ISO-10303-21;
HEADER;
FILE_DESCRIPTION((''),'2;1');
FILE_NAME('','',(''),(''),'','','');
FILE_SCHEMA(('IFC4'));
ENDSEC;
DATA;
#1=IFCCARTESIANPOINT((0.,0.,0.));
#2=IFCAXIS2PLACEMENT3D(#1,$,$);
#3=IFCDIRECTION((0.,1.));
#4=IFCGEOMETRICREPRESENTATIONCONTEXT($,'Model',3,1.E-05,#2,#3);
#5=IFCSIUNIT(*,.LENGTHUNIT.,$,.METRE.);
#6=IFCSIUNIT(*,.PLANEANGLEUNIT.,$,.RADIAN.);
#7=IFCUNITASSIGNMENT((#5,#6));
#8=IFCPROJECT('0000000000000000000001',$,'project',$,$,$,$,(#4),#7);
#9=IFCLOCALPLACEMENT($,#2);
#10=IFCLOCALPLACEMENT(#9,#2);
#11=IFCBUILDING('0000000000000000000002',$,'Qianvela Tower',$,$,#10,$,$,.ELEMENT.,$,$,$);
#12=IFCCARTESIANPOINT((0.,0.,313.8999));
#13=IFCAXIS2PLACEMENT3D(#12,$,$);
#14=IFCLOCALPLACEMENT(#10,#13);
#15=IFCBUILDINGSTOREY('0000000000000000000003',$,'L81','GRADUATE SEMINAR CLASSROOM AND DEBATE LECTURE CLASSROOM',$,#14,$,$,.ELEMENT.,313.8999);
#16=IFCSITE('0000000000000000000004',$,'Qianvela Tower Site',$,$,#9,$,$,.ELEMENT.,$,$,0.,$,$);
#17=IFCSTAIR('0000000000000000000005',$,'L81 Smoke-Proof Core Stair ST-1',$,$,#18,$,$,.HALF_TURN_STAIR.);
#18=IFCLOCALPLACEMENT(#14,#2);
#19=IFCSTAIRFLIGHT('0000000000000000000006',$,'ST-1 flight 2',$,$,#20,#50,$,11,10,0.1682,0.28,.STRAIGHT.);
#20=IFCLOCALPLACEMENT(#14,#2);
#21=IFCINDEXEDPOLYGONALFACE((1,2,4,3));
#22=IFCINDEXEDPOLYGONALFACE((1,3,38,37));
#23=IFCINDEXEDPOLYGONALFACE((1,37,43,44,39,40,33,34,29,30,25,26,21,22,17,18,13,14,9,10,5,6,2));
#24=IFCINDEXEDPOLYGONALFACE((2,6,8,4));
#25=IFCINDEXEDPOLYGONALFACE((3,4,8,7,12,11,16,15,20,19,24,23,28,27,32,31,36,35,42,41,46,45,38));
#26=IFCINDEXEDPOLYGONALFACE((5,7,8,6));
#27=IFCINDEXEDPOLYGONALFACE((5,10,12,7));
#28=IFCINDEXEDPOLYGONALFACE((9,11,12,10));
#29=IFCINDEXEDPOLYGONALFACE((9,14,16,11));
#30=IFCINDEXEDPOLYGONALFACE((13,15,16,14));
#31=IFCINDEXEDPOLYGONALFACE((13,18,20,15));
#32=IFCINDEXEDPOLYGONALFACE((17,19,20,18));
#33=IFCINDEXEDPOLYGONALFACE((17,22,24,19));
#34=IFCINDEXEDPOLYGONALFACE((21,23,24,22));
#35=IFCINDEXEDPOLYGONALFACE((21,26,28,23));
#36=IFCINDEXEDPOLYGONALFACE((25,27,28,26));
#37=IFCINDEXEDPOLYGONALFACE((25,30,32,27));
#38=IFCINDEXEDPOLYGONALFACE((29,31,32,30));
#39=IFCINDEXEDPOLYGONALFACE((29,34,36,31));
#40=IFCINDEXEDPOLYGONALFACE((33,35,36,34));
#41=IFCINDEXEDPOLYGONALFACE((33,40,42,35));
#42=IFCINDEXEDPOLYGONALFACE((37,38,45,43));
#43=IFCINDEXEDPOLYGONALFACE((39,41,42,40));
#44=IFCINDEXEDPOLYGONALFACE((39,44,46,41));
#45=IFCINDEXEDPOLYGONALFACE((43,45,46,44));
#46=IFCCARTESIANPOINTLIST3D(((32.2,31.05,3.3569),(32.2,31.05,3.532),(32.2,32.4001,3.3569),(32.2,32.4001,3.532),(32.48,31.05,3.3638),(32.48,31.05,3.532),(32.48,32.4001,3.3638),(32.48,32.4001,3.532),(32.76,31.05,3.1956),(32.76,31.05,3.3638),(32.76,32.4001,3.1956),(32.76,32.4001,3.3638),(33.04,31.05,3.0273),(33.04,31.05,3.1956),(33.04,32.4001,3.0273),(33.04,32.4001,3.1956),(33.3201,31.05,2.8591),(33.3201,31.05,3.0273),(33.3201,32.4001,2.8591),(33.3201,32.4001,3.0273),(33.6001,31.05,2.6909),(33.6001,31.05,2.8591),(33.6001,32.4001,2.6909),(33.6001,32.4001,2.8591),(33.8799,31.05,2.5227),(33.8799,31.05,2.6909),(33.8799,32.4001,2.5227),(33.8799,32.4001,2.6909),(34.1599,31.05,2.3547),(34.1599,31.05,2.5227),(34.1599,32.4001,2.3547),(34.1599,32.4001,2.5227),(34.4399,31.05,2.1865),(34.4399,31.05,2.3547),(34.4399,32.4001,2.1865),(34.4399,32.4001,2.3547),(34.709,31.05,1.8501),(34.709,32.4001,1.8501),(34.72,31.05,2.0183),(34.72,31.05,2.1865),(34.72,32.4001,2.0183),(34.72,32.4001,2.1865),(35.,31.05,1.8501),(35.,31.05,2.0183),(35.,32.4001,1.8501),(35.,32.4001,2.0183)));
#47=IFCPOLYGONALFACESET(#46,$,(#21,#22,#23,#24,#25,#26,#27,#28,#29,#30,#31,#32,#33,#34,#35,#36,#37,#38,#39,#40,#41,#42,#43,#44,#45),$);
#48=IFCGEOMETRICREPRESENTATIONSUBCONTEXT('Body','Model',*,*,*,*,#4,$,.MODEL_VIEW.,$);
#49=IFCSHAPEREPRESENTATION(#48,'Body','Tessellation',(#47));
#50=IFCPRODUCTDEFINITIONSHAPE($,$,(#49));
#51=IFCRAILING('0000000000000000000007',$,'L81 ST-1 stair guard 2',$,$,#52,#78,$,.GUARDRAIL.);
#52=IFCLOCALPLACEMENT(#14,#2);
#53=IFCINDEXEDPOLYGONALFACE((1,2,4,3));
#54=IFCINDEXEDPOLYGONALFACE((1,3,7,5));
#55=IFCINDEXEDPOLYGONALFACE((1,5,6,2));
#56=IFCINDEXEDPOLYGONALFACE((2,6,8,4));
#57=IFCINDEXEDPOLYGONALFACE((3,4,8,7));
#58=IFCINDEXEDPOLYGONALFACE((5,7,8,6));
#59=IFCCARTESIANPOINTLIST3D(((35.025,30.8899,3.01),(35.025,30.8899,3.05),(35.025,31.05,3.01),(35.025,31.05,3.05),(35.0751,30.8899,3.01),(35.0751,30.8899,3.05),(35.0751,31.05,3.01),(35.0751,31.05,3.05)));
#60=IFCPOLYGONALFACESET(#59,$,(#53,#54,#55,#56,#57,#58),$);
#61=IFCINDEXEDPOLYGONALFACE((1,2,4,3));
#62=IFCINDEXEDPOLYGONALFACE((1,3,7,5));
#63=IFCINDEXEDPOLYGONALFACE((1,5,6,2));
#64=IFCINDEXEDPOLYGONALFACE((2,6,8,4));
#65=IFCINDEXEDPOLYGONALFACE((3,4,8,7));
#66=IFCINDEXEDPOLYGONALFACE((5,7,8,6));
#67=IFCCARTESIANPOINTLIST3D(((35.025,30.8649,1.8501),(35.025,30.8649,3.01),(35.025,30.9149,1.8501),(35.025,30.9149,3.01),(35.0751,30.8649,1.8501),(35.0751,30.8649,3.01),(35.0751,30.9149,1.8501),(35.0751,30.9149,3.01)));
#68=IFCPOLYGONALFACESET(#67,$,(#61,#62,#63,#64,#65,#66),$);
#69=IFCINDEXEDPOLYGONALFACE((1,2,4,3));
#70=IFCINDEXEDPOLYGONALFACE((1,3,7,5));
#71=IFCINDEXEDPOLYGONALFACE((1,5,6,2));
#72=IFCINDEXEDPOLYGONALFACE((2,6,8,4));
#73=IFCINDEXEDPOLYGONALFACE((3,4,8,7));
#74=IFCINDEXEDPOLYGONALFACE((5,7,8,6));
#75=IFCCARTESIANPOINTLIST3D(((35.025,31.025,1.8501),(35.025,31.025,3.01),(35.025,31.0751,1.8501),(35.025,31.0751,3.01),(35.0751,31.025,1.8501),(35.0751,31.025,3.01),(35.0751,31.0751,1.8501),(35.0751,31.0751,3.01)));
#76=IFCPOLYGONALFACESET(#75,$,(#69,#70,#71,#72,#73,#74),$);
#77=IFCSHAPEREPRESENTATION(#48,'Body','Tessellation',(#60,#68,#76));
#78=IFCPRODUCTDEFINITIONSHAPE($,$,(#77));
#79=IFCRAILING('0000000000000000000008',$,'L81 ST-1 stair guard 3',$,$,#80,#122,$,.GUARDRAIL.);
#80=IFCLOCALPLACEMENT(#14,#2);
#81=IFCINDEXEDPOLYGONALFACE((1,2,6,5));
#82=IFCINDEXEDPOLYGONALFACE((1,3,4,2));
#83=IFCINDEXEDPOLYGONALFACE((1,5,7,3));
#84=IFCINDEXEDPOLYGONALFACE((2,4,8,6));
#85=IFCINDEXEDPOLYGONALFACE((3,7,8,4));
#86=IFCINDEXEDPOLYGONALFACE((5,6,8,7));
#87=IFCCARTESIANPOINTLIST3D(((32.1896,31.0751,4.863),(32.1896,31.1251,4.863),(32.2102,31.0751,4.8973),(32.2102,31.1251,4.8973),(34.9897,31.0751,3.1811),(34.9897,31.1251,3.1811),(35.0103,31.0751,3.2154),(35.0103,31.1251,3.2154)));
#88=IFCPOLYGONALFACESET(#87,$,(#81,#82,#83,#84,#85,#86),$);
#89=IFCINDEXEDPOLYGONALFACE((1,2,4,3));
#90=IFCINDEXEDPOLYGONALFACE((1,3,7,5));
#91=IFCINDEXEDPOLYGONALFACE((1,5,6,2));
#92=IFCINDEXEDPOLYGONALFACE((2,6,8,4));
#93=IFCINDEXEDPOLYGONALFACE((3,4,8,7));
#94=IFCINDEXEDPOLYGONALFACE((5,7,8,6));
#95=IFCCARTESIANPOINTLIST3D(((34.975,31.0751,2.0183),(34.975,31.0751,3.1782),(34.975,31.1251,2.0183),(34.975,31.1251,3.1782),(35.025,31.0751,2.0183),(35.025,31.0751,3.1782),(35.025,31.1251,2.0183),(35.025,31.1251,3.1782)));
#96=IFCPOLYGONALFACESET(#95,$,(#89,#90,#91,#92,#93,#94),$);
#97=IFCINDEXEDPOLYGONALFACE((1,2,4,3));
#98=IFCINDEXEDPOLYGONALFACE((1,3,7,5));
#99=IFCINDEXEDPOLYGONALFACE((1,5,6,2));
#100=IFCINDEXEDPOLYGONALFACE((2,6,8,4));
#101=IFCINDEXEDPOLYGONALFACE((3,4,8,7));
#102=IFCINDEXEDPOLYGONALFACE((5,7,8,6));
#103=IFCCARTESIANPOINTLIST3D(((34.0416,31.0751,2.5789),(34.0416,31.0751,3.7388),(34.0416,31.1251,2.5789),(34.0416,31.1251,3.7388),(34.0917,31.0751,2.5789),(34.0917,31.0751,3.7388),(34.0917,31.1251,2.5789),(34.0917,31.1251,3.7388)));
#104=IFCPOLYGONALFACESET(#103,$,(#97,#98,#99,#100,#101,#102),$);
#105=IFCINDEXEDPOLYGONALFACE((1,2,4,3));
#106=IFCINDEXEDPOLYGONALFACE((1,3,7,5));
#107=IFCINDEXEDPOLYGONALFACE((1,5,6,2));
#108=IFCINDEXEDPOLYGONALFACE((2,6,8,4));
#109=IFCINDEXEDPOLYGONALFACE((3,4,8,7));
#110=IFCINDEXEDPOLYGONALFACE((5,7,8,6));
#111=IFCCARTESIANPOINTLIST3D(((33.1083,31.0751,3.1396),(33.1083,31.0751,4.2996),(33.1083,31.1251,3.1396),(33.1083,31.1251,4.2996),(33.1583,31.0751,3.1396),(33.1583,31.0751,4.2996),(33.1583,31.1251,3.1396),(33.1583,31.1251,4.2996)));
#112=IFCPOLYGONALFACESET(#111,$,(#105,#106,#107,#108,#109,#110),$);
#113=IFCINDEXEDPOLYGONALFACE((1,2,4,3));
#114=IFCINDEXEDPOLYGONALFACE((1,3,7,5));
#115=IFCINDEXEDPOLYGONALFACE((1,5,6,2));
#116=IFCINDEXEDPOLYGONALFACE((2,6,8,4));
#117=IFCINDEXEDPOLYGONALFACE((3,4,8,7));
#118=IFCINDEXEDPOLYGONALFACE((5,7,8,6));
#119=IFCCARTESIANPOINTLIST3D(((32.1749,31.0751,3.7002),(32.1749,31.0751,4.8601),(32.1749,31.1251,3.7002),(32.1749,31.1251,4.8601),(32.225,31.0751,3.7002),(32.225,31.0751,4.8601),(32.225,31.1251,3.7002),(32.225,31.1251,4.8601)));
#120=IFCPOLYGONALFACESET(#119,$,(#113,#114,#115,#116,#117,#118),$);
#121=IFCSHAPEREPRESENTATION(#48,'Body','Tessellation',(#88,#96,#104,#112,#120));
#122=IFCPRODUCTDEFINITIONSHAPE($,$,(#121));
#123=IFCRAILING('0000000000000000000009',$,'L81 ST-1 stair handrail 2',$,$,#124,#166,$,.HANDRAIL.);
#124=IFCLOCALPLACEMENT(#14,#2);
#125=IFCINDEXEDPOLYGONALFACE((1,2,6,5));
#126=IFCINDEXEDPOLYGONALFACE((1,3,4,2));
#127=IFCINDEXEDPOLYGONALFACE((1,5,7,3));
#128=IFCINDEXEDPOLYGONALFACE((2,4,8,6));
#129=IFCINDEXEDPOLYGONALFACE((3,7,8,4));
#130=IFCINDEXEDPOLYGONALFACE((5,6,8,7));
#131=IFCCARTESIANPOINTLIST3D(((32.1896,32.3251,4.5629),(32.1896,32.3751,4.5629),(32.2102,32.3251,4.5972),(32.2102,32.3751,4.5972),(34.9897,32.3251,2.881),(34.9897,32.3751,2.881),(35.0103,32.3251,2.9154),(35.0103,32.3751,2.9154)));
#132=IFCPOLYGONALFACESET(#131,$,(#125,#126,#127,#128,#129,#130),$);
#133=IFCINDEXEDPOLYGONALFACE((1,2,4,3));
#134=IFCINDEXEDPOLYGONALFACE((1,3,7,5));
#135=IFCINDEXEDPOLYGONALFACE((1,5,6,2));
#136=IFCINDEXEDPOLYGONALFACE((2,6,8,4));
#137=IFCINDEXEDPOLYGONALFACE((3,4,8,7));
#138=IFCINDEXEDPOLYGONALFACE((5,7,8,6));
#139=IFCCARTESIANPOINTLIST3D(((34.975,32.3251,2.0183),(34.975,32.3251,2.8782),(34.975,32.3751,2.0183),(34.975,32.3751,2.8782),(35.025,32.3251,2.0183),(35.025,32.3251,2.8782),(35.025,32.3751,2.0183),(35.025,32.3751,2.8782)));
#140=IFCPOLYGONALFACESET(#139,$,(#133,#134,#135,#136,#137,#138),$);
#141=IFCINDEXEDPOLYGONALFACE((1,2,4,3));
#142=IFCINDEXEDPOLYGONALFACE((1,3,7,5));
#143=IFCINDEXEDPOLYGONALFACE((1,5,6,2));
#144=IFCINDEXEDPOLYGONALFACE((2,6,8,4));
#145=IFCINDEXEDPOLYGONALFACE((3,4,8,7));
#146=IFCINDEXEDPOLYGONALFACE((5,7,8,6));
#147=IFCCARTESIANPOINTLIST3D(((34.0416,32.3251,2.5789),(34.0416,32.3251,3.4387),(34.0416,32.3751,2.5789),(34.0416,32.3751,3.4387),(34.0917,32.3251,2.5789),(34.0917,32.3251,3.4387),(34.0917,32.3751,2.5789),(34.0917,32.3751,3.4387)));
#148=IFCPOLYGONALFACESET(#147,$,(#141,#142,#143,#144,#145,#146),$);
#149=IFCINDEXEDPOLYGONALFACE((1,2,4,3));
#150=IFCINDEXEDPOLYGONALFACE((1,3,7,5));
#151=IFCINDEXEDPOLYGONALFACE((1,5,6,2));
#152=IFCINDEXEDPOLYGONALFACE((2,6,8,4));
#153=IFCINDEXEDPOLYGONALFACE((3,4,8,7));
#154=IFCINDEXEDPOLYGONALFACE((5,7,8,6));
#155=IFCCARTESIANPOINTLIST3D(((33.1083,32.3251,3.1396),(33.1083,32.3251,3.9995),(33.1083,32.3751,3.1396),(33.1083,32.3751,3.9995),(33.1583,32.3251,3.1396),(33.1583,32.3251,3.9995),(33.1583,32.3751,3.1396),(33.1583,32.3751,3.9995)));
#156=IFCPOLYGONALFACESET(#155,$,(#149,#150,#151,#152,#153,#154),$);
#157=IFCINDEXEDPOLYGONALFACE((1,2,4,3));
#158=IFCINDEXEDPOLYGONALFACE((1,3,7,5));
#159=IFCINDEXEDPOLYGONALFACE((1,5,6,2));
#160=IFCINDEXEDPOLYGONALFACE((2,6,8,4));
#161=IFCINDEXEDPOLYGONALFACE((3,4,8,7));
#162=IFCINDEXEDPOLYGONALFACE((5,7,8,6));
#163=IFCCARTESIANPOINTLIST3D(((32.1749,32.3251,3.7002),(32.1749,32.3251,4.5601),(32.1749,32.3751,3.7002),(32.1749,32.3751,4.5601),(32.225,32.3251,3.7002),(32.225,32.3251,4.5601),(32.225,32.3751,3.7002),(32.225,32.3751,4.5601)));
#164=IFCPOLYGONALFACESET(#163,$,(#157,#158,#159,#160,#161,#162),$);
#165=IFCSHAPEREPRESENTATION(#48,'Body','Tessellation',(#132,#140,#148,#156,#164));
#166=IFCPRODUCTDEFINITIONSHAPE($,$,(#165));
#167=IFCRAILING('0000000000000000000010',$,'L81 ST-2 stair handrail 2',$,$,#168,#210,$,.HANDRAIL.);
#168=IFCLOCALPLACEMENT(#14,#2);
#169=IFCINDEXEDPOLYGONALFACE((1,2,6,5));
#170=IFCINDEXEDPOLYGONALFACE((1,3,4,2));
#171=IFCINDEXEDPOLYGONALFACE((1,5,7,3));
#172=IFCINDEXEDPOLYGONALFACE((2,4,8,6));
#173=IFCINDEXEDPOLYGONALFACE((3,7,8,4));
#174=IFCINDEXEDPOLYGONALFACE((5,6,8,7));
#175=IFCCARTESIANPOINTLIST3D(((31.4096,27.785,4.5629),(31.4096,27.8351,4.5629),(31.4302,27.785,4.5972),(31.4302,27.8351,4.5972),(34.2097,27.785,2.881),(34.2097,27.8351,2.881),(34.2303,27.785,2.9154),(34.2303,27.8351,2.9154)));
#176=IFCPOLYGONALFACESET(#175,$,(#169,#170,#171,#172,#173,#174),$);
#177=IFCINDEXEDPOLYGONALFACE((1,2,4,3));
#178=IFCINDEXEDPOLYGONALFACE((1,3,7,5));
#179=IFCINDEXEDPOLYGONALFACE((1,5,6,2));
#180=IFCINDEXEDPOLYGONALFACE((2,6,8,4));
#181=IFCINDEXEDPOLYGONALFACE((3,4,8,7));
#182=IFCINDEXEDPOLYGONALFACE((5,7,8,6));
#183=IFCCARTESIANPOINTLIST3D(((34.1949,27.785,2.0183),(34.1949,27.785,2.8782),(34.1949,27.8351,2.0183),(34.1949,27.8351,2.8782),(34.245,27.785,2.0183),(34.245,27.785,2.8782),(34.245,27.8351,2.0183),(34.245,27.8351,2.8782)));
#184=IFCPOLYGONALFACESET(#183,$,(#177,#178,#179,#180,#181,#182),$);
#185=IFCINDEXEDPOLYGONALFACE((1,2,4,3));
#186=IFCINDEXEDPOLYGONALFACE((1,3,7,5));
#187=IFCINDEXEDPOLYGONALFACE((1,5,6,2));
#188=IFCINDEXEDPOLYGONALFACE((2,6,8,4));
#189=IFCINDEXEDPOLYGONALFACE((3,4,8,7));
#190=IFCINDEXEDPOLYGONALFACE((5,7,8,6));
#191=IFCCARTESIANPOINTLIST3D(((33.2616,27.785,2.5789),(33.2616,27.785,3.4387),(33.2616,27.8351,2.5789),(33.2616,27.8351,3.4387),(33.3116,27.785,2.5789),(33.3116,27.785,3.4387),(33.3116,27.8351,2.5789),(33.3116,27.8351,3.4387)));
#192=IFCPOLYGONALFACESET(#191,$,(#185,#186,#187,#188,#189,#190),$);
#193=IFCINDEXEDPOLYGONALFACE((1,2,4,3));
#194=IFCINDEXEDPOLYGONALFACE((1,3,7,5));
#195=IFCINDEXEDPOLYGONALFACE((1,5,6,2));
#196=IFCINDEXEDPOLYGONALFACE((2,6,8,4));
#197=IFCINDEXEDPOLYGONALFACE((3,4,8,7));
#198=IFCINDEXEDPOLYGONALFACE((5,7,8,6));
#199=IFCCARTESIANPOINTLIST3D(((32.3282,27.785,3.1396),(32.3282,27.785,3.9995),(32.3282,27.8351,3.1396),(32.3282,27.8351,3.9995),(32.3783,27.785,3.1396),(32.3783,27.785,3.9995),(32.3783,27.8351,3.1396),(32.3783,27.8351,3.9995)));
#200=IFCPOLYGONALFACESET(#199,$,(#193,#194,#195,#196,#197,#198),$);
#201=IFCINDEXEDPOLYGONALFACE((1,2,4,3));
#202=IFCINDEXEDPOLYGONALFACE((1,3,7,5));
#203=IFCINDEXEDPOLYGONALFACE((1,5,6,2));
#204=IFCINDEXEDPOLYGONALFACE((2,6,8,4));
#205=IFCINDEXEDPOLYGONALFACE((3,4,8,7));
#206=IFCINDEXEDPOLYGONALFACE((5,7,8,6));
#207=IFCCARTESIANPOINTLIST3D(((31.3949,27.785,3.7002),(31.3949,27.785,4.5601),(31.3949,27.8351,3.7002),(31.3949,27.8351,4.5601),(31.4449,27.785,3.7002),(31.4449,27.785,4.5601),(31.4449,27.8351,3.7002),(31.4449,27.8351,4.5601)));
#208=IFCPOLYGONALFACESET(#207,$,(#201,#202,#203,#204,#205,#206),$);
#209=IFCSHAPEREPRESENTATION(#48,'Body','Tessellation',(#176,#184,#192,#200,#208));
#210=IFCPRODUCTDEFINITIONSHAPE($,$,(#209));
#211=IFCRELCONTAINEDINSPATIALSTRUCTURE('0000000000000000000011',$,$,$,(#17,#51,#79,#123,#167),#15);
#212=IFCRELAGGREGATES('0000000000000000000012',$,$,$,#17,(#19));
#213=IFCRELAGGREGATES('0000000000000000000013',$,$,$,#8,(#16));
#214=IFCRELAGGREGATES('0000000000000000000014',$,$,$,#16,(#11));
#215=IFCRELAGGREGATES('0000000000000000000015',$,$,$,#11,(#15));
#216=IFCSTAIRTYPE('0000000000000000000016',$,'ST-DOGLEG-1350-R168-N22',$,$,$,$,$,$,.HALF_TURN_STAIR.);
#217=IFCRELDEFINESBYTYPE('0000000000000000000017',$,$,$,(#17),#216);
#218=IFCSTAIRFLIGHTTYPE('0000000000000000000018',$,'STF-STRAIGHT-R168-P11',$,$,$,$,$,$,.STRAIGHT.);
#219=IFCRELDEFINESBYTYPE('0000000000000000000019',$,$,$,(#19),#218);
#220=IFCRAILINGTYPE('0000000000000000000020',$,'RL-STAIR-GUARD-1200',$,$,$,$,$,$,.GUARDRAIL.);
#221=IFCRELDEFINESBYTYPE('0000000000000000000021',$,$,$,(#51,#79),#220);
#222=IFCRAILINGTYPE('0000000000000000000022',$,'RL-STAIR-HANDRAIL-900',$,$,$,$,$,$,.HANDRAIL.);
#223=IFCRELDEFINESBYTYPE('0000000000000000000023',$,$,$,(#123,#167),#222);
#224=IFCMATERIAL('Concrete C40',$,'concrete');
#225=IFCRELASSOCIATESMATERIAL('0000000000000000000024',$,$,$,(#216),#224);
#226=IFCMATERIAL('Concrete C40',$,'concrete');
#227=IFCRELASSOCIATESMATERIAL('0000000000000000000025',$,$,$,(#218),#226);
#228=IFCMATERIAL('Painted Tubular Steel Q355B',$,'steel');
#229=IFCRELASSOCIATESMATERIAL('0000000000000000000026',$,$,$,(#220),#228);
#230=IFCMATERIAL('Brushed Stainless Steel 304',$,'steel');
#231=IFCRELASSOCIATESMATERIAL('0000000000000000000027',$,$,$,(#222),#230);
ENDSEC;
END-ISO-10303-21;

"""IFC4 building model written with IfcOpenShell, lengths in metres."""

from ifc_helpers import new_model, si_unit, direction, frame, origin, origin_2d, place, context, subcontext, project, spatial, polyline, rectangle, outline, extrude, material, type_object, element, aggregate, save


model = new_model("IFC4")

# Units and contexts
model_context = context("Model", 3, precision=1e-05, world=origin(), true_north=direction((0.0, 1.0)))
body_context = subcontext(model_context, "Body", "Model", "MODEL_VIEW")
ifc_project = project(units=[si_unit("LENGTHUNIT", "METRE"), si_unit("PLANEANGLEUNIT", "RADIAN")], contexts=[model_context])

# Site, building, storey
site_placement = place(None, origin())
site = spatial("IfcSite", under=ifc_project, at=site_placement, Name="Qianvela Tower Site", CompositionType="ELEMENT", RefElevation=0.0)
building_placement = place(site_placement, origin())
building = spatial("IfcBuilding", under=site, at=building_placement, Name="Qianvela Tower", CompositionType="ELEMENT")
storey_placement = place(building_placement, frame((0.0, 0.0, 313.8999)))
storey = spatial("IfcBuildingStorey", under=building, at=storey_placement, Name="L81", Description="GRADUATE SEMINAR CLASSROOM AND DEBATE LECTURE CLASSROOM", CompositionType="ELEMENT", Elevation=313.8999)

# Stair, stair flight
ifc_material_1 = material(Name="Concrete C40", Category="concrete")
stair_type = type_object("IfcStairType", Name="ST-DOGLEG-1350-R168-N22", PredefinedType="HALF_TURN_STAIR", material=ifc_material_1)
stair_placement = place(storey_placement, origin())
stair = element("IfcStair", 1, at=stair_placement, inside=storey, type_object=stair_type, Name="L81 Smoke-Proof Core Stair ST-1", PredefinedType="HALF_TURN_STAIR")
ifc_material_2 = material(Name="Concrete C40", Category="concrete")
stair_flight_type = type_object("IfcStairFlightType", Name="STF-STRAIGHT-R168-P11", PredefinedType="STRAIGHT", material=ifc_material_2)
stair_flight_placement = place(storey_placement, frame((35.0, 31.7251, 1.8501), z_axis=(0.0, 0.0, 1.0), x_axis=(-1.0, 0.0, 0.0)))
stair_flight = element("IfcStairFlight", 2, at=stair_flight_placement, type_object=stair_flight_type, Name="ST-1 flight 2", NumberOfRisers=11, NumberOfTreads=10, PredefinedType="STRAIGHT", RiserHeight=0.1682, TreadLength=0.28, context=body_context, shape_type="SweptSolid", body=[
    extrude(outline(polyline([(0.0, 0.0), (0.0, 0.1682), (0.28, 0.1682), (0.28, 0.3364), (0.5601, 0.3364), (0.5601, 0.5046), (0.8401, 0.5046), (0.8401, 0.6726), (1.1201, 0.6726), (1.1201, 0.8408), (1.3999, 0.8408), (1.3999, 1.009), (1.6799, 1.009), (1.6799, 1.1772), (1.96, 1.1772), (1.96, 1.3455), (2.24, 1.3455), (2.24, 1.5137), (2.52, 1.5137), (2.52, 1.6819), (2.8, 1.6819), (2.8, 1.8501), (2.8, 1.5068), (0.291, 0.0), (0.0, 0.0)])), frame((0.0, 0.675, 0.0), z_axis=(0.0, -1.0, 0.0), x_axis=(1.0, 0.0, 0.0)), (0.0, 0.0, 1.0), 1.3501),
])
aggregate(stair, [stair_flight])

# Railings
ifc_material_3 = material(Name="Painted Tubular Steel Q355B", Category="steel")
railing_type_1 = type_object("IfcRailingType", Name="RL-STAIR-GUARD-1200", PredefinedType="GUARDRAIL", material=ifc_material_3)
railing_1_placement = place(storey_placement, frame((35.05, 30.8899, 1.8501)))
element("IfcRailing", 3, at=railing_1_placement, inside=storey, type_object=railing_type_1, Name="L81 ST-1 stair guard 2", PredefinedType="GUARDRAIL", context=body_context, shape_type="SweptSolid", body=[
    extrude(rectangle(XDim=0.05, YDim=0.04, at=origin_2d()), frame((0.0, 0.0, 1.1799), z_axis=(0.0, 1.0, 0.0), x_axis=(-1.0, 0.0, 0.0)), (0.0, 0.0, 1.0), 0.1602),
    extrude(rectangle(XDim=0.05, YDim=0.05, at=origin_2d()), origin(), (0.0, 0.0, 1.0), 1.1599),
    extrude(rectangle(XDim=0.05, YDim=0.05, at=origin_2d()), frame((0.0, 0.1602, 0.0)), (0.0, 0.0, 1.0), 1.1599),
])
railing_2_placement = place(storey_placement, frame((35.0, 31.1001, 2.0183)))
element("IfcRailing", 4, at=railing_2_placement, inside=storey, type_object=railing_type_1, Name="L81 ST-1 stair guard 3", PredefinedType="GUARDRAIL", context=body_context, shape_type="SweptSolid", body=[
    extrude(rectangle(XDim=0.05, YDim=0.04, at=origin_2d()), frame((0.0, 0.0, 1.1799), z_axis=(-0.857242, 0.0, 0.514913), x_axis=(0.0, -1.0, 0.0)), (0.0, 0.0, 1.0), 3.2664),
    extrude(rectangle(XDim=0.05, YDim=0.05, at=origin_2d()), origin(), (0.0, 0.0, 1.0), 1.1599),
    extrude(rectangle(XDim=0.05, YDim=0.05, at=origin_2d()), frame((-0.9333, 0.0, 0.5605)), (0.0, 0.0, 1.0), 1.1599),
    extrude(rectangle(XDim=0.05, YDim=0.05, at=origin_2d()), frame((-1.8667, 0.0, 1.1213)), (0.0, 0.0, 1.0), 1.1599),
    extrude(rectangle(XDim=0.05, YDim=0.05, at=origin_2d()), frame((-2.8, 0.0, 1.6819)), (0.0, 0.0, 1.0), 1.1599),
])
ifc_material_4 = material(Name="Brushed Stainless Steel 304", Category="steel")
railing_type_2 = type_object("IfcRailingType", Name="RL-STAIR-HANDRAIL-900", PredefinedType="HANDRAIL", material=ifc_material_4)
for number, where, name in (
    (5, (35.0, 32.3501, 2.0183), "L81 ST-1 stair handrail 2"),
    (6, (34.22, 27.8101, 2.0183), "L81 ST-2 stair handrail 2"),
):
    element("IfcRailing", number, at=place(storey_placement, frame(where)), inside=storey, type_object=railing_type_2, Name=name, PredefinedType="HANDRAIL", context=body_context, shape_type="SweptSolid", body=[
        extrude(rectangle(XDim=0.05, YDim=0.04, at=origin_2d()), frame((0.0, 0.0, 0.8799), z_axis=(-0.857242, 0.0, 0.514913), x_axis=(0.0, -1.0, 0.0)), (0.0, 0.0, 1.0), 3.2664),
        extrude(rectangle(XDim=0.05, YDim=0.05, at=origin_2d()), origin(), (0.0, 0.0, 1.0), 0.8599),
        extrude(rectangle(XDim=0.05, YDim=0.05, at=origin_2d()), frame((-0.9333, 0.0, 0.5605)), (0.0, 0.0, 1.0), 0.8599),
        extrude(rectangle(XDim=0.05, YDim=0.05, at=origin_2d()), frame((-1.8667, 0.0, 1.1213)), (0.0, 0.0, 1.0), 0.8599),
        extrude(rectangle(XDim=0.05, YDim=0.05, at=origin_2d()), frame((-2.8, 0.0, 1.6819)), (0.0, 0.0, 1.0), 0.8599),
    ])

save(model, "model.ifc")
